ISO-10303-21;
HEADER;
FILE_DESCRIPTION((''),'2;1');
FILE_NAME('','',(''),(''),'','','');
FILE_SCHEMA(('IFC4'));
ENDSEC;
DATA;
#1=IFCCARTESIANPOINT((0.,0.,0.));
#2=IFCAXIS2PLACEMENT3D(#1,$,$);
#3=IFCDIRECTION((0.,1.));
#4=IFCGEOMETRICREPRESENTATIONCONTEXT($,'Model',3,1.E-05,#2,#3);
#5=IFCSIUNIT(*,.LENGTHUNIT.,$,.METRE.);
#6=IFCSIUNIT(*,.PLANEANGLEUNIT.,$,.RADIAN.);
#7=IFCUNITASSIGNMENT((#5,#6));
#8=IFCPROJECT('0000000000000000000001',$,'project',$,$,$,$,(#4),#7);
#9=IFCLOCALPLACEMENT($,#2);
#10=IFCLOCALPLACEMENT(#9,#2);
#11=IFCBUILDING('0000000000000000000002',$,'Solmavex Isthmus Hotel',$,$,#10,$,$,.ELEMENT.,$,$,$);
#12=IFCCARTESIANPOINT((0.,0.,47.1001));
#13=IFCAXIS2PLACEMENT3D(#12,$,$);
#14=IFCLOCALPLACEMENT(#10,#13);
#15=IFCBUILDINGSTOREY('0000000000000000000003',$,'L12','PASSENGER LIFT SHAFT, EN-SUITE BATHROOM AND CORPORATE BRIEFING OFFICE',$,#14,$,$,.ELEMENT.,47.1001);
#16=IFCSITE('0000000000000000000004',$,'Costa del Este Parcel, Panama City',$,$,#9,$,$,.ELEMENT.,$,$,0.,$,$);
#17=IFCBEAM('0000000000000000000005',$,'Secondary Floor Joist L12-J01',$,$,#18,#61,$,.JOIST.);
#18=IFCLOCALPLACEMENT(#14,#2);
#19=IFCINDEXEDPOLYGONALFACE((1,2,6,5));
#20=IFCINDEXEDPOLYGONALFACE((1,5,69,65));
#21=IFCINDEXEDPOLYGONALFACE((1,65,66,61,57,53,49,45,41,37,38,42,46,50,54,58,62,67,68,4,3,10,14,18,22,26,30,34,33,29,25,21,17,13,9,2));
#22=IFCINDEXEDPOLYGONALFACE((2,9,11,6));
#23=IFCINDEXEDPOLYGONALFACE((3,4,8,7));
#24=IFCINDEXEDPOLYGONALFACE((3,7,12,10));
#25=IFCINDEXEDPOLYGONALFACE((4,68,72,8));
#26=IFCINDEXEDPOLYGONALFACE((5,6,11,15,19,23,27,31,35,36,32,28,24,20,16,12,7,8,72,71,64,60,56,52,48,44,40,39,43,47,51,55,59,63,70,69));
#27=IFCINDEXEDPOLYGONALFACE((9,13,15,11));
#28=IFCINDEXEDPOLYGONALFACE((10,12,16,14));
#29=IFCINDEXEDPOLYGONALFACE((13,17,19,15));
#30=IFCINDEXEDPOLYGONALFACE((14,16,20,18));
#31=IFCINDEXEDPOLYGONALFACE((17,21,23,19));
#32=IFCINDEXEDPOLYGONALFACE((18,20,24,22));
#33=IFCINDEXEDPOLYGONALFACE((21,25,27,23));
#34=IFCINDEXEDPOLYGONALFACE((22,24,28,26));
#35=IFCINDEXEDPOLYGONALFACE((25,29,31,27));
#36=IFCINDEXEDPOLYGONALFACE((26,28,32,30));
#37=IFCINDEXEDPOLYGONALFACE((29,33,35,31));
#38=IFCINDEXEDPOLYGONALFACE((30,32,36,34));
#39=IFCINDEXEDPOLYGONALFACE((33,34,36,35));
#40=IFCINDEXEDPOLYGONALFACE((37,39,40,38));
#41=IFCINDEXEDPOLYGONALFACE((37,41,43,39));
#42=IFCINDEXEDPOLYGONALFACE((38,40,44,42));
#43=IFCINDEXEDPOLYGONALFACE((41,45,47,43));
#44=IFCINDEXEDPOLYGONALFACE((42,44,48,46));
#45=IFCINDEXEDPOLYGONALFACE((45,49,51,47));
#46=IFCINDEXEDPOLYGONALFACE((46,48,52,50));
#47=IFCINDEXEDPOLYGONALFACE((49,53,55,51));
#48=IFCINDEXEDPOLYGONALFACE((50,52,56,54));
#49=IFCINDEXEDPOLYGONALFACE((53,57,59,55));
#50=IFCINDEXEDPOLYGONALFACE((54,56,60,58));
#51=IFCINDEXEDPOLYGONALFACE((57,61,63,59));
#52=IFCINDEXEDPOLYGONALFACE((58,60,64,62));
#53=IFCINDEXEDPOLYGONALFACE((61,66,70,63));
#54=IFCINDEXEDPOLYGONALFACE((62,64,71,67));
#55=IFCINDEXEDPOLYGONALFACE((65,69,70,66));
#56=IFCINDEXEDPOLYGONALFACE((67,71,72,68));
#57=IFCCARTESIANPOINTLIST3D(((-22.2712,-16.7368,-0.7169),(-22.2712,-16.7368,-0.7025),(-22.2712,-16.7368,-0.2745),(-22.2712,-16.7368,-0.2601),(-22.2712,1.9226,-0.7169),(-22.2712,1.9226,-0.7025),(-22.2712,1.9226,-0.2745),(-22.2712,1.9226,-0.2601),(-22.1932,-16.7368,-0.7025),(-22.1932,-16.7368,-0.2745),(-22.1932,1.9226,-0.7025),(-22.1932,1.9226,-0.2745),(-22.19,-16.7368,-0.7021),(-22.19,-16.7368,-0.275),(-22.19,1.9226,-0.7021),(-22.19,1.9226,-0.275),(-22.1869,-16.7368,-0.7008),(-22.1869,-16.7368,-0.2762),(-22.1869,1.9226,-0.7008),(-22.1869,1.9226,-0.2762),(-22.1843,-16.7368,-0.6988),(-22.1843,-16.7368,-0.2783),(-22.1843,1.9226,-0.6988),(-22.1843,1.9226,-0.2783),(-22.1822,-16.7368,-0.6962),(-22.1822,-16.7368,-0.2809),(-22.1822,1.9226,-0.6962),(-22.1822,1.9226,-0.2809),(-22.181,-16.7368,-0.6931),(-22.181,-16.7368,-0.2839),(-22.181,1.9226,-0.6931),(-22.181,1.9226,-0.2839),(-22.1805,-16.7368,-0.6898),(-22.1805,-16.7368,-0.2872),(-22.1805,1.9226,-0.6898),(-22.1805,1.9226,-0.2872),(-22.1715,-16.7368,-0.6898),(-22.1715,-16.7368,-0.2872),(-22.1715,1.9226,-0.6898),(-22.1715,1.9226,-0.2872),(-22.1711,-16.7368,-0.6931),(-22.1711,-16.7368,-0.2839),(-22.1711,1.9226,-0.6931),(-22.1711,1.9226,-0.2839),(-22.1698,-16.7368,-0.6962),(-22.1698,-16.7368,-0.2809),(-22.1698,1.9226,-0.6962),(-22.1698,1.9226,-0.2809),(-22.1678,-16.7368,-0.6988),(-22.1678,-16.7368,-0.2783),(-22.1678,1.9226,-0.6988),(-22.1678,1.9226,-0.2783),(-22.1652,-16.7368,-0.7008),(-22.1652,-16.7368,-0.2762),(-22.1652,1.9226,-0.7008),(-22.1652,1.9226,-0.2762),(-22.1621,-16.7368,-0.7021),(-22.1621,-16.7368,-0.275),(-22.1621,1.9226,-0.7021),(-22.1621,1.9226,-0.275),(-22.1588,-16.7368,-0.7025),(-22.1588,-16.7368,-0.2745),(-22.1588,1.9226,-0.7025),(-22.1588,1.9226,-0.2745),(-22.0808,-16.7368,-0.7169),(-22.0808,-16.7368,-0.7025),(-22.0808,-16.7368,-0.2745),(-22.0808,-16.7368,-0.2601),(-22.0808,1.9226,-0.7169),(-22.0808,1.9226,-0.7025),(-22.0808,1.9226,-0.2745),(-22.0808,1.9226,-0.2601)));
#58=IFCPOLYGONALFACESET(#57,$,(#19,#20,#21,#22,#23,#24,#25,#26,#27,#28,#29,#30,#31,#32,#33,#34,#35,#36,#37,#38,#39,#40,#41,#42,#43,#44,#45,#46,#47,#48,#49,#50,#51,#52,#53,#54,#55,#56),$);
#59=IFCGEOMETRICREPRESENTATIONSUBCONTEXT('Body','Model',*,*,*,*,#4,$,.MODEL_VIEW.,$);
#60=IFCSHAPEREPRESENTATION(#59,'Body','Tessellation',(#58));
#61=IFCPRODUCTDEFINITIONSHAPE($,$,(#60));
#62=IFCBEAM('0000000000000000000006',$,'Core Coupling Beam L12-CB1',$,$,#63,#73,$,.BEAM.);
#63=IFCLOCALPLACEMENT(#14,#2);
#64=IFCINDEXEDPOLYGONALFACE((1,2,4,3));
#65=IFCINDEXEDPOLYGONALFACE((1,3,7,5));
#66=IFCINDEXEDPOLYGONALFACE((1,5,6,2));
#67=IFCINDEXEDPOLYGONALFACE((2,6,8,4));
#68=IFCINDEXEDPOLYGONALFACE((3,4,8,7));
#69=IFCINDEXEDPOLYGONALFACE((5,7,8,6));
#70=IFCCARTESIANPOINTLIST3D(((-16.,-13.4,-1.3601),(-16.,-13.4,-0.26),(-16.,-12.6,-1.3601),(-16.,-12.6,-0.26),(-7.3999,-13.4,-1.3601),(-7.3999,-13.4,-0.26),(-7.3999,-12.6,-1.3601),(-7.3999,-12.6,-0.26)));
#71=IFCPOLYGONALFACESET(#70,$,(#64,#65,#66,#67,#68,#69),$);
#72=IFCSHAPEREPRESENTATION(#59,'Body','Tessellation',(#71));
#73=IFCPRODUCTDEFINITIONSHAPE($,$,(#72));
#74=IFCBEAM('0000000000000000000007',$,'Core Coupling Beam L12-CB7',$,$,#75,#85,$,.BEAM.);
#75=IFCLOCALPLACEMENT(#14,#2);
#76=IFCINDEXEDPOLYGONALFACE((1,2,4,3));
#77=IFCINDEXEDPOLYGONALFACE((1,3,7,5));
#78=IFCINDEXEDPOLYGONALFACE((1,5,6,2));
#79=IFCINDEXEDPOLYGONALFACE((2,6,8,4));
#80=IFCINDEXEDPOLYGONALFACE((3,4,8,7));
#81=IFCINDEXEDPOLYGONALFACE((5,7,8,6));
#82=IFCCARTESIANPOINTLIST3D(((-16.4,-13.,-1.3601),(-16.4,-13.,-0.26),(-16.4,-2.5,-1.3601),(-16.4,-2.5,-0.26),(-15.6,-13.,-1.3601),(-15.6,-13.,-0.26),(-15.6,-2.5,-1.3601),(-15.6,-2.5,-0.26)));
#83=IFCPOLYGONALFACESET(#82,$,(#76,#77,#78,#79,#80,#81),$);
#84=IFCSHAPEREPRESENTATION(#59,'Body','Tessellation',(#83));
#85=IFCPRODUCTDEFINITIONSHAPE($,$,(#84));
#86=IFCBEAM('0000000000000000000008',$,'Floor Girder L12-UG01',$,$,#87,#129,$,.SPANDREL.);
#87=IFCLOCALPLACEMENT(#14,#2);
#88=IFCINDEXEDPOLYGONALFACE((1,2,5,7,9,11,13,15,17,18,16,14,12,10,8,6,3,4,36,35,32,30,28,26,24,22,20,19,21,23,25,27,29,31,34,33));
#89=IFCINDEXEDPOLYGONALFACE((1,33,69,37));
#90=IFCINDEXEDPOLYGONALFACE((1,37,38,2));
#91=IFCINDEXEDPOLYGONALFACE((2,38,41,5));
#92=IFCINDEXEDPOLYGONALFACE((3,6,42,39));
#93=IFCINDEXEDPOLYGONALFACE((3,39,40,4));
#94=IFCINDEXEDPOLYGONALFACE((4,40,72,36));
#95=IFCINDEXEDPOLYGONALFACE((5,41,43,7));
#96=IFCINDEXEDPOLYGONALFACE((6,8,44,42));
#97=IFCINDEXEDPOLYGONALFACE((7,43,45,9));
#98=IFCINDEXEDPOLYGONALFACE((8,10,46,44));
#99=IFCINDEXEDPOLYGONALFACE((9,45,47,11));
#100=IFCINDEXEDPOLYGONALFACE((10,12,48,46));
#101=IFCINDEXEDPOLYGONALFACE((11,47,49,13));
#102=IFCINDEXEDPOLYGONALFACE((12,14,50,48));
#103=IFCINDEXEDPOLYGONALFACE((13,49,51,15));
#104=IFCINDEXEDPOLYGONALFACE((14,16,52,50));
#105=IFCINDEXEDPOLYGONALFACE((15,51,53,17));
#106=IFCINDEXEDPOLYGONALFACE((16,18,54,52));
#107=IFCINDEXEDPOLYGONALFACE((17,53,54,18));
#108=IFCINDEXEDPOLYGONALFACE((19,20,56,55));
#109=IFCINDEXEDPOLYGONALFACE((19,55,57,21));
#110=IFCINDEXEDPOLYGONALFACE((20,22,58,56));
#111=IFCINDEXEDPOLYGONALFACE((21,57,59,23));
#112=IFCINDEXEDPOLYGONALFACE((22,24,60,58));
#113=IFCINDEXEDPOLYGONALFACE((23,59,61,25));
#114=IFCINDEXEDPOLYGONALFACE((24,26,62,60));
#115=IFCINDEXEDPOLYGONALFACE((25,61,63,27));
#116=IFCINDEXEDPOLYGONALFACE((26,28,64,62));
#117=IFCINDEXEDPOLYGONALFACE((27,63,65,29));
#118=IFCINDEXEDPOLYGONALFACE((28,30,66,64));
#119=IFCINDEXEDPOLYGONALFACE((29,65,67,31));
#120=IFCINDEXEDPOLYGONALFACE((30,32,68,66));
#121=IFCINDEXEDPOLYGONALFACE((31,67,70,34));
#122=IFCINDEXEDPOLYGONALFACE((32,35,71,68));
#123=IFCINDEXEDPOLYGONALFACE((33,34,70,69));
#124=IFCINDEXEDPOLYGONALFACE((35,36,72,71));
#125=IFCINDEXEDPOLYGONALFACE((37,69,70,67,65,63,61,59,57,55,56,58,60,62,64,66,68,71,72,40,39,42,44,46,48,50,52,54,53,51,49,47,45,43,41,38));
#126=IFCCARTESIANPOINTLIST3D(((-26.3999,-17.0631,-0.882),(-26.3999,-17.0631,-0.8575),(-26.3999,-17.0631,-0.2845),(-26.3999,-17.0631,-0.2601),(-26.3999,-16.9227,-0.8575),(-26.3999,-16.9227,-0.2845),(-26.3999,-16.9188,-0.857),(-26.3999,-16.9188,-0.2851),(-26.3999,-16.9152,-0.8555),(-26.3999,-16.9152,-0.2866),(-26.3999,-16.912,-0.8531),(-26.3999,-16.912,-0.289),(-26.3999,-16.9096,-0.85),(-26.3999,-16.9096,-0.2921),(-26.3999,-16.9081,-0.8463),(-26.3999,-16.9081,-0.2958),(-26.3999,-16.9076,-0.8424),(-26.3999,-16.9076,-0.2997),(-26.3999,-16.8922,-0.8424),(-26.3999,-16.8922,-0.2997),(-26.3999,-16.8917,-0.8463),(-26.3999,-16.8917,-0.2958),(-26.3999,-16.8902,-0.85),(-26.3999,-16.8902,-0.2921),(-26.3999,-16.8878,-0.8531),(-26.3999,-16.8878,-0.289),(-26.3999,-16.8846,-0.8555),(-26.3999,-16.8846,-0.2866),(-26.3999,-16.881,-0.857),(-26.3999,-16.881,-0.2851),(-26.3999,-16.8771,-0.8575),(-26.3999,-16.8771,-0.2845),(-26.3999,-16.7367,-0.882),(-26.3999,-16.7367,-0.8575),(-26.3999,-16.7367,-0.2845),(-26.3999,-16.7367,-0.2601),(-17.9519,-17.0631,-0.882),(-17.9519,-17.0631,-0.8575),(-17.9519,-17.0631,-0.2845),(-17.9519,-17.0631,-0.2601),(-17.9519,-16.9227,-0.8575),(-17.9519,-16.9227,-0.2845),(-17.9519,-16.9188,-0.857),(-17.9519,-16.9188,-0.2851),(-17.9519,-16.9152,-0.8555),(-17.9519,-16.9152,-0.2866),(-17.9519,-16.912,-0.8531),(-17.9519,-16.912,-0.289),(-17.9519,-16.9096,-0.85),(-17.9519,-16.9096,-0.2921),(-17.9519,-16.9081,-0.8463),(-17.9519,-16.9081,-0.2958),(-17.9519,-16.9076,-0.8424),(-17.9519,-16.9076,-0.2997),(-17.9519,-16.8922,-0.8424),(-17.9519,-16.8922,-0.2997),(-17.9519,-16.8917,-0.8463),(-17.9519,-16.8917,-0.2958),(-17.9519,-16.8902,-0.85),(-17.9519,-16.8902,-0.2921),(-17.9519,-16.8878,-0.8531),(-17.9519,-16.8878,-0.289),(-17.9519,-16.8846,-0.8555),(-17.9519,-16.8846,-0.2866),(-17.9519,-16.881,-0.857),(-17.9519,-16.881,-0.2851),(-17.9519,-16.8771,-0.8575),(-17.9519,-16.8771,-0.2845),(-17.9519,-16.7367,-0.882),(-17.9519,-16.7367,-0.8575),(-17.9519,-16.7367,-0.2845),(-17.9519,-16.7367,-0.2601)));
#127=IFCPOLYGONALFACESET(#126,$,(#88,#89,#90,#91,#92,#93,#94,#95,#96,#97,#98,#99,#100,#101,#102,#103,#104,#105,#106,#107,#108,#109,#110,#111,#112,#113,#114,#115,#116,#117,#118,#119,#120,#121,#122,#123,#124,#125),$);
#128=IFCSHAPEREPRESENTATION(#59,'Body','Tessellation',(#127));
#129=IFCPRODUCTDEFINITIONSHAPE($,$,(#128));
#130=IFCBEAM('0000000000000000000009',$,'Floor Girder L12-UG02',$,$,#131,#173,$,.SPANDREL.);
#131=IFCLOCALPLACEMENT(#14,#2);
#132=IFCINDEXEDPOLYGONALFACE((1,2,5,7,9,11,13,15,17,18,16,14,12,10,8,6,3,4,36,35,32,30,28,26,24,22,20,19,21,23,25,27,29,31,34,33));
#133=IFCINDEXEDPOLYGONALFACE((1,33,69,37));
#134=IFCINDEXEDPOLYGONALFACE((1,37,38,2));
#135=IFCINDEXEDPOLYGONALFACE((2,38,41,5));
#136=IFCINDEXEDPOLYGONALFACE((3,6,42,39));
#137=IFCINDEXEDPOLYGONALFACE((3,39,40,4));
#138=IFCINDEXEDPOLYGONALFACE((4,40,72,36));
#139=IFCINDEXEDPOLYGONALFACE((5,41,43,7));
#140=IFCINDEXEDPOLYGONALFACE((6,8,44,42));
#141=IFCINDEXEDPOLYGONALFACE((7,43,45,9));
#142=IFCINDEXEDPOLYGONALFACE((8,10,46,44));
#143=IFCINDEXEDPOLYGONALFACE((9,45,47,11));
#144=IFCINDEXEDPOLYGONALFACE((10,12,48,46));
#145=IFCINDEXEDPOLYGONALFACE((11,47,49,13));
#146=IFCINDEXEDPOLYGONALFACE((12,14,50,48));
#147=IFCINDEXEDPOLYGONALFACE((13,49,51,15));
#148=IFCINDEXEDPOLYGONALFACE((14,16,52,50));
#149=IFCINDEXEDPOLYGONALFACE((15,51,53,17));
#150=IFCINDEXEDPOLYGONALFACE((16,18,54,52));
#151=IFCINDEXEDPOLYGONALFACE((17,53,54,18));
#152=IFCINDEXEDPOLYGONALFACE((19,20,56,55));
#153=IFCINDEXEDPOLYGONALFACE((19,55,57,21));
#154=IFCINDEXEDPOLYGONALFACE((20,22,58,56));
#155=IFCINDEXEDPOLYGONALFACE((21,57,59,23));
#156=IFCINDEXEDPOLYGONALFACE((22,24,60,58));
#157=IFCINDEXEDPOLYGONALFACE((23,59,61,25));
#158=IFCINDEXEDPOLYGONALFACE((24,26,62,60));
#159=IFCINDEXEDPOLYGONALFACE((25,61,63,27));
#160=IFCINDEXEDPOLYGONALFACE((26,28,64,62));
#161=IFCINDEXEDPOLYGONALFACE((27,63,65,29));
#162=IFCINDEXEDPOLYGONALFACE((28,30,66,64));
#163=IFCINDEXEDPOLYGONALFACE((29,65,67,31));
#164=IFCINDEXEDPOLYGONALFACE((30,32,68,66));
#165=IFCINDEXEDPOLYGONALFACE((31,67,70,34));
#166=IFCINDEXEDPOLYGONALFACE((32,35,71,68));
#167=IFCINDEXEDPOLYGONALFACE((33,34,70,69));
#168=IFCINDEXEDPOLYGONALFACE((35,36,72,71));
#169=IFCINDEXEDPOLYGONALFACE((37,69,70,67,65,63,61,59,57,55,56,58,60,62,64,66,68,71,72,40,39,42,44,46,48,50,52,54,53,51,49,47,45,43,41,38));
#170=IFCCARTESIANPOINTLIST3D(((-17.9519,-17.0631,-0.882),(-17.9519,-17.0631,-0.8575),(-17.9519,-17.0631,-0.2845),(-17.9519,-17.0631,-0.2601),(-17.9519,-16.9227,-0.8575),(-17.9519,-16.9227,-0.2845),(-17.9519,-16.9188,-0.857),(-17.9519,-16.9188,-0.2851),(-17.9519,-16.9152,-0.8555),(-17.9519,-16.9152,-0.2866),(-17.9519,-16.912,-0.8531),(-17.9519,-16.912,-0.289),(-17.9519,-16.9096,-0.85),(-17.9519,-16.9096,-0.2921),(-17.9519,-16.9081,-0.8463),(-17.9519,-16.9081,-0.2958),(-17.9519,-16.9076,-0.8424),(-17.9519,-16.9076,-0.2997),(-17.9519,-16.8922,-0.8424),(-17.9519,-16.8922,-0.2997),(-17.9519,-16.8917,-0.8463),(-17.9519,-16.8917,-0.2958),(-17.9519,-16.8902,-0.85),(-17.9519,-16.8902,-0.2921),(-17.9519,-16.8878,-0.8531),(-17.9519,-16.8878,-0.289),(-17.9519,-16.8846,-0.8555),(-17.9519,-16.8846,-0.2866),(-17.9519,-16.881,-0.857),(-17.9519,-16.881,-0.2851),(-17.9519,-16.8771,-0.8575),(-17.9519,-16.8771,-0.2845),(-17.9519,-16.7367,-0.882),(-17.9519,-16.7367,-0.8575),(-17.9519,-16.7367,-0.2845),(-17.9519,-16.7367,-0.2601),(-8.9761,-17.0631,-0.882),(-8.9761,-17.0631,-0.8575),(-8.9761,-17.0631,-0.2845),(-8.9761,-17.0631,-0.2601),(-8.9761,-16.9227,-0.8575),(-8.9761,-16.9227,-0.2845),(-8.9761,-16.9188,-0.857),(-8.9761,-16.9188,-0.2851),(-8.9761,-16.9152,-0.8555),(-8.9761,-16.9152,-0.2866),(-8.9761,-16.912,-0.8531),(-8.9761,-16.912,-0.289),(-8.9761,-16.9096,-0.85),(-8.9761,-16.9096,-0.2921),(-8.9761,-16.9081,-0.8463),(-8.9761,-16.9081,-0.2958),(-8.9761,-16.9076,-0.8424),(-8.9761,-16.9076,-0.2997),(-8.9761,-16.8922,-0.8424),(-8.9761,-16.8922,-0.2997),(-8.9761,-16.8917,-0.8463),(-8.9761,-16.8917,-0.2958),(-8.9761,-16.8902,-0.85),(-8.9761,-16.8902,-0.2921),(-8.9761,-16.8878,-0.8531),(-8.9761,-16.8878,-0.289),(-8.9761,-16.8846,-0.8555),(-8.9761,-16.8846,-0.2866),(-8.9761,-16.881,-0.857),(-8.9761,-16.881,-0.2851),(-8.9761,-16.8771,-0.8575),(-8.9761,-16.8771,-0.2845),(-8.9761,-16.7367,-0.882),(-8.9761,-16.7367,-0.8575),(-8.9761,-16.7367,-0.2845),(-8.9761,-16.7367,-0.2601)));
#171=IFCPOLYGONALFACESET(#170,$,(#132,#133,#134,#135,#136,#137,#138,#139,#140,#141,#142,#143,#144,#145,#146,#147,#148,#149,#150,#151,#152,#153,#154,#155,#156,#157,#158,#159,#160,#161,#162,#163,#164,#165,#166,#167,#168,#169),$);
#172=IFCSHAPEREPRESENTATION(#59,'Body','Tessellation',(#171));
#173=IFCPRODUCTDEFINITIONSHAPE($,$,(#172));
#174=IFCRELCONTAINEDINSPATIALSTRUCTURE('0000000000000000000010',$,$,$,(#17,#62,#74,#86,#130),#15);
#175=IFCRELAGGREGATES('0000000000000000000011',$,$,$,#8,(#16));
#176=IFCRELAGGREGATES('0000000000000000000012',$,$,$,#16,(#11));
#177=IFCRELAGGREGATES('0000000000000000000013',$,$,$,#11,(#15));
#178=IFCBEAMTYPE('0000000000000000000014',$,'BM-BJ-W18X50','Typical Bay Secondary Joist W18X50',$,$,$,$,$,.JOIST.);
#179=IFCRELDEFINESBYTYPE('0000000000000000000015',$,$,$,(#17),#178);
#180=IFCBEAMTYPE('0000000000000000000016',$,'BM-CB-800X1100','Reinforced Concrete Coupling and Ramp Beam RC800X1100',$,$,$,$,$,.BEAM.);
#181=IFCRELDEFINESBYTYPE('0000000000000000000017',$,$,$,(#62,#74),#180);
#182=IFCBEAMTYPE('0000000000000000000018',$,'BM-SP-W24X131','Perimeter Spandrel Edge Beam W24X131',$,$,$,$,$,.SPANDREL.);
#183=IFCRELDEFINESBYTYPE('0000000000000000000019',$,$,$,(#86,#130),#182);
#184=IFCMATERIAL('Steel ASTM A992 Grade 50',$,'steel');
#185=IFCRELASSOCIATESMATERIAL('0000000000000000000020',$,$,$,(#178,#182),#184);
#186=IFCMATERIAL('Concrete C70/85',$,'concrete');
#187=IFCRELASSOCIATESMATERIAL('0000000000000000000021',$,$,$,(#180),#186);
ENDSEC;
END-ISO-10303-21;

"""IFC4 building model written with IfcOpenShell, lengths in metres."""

from ifc_helpers import new_model, si_unit, direction, frame, origin, origin_2d, place, context, subcontext, project, spatial, rectangle, i_section, extrude, material, material_profile, profile_set, type_object, element, save


model = new_model("IFC4")

# Units and contexts
model_context = context("Model", 3, precision=1e-05, world=origin(), true_north=direction((0.0, 1.0)))
body_context = subcontext(model_context, "Body", "Model", "MODEL_VIEW")
ifc_project = project(units=[si_unit("LENGTHUNIT", "METRE"), si_unit("PLANEANGLEUNIT", "RADIAN")], contexts=[model_context])

# Site, building, storey
site_placement = place(None, origin())
site = spatial("IfcSite", under=ifc_project, at=site_placement, Name="Costa del Este Parcel, Panama City", CompositionType="ELEMENT", RefElevation=0.0)
building_placement = place(site_placement, origin())
building = spatial("IfcBuilding", under=site, at=building_placement, Name="Solmavex Isthmus Hotel", CompositionType="ELEMENT")
storey_placement = place(building_placement, frame((0.0, 0.0, 47.1001)))
storey = spatial("IfcBuildingStorey", under=building, at=storey_placement, Name="L12", Description="PASSENGER LIFT SHAFT, EN-SUITE BATHROOM AND CORPORATE BRIEFING OFFICE", CompositionType="ELEMENT", Elevation=47.1001)

# Shared definitions
ifc_material_1 = material(Name="Concrete C70/85", Category="concrete")

# Beams
ifc_material_2 = material(Name="Steel ASTM A992 Grade 50", Category="steel")
ifc_material_profile_1 = material_profile(ifc_material_2, i_section(OverallWidth=0.1904, OverallDepth=0.4568, WebThickness=0.009, FlangeThickness=0.0144, FilletRadius=0.0127, at=origin_2d()), Name="W18X50")
ifc_profile_set_1 = profile_set([ifc_material_profile_1], Name="Steel ASTM A992 Grade 50")
beam_type_1 = type_object("IfcBeamType", Name="BM-BJ-W18X50", Description="Typical Bay Secondary Joist W18X50", PredefinedType="JOIST", material=ifc_profile_set_1)
beam_1_placement = place(storey_placement, frame((-22.176, -16.7368, -0.4885), z_axis=(0.0, 1.0, 0.0), x_axis=(-1.0, 0.0, 0.0)))
element("IfcBeam", 1, at=beam_1_placement, inside=storey, type_object=beam_type_1, Name="Secondary Floor Joist L12-J01", PredefinedType="JOIST", context=body_context, shape_type="SweptSolid", body=[
    extrude(i_section(OverallWidth=0.1904, OverallDepth=0.4568, WebThickness=0.009, FlangeThickness=0.0144, FilletRadius=0.0127, at=origin_2d()), origin(), (0.0, 0.0, 1.0), 18.6594),
])
ifc_material_profile_2 = material_profile(ifc_material_1, rectangle(XDim=0.8, YDim=1.1001, at=origin_2d()), Name="RC800X1100")
ifc_profile_set_2 = profile_set([ifc_material_profile_2], Name="Concrete C70/85")
beam_type_2 = type_object("IfcBeamType", Name="BM-CB-800X1100", Description="Reinforced Concrete Coupling and Ramp Beam RC800X1100", PredefinedType="BEAM", material=ifc_profile_set_2)
beam_2_placement = place(storey_placement, frame((-16.0, -13.0, -0.8101), z_axis=(1.0, 0.0, 0.0), x_axis=(0.0, 1.0, 0.0)))
element("IfcBeam", 2, at=beam_2_placement, inside=storey, type_object=beam_type_2, Name="Core Coupling Beam L12-CB1", PredefinedType="BEAM", context=body_context, shape_type="SweptSolid", body=[
    extrude(rectangle(XDim=0.8, YDim=1.1001, at=origin_2d()), origin(), (0.0, 0.0, 1.0), 8.6001),
])
beam_3_placement = place(storey_placement, frame((-16.0, -13.0, -0.8101), z_axis=(0.0, 1.0, 0.0), x_axis=(-1.0, 0.0, 0.0)))
element("IfcBeam", 3, at=beam_3_placement, inside=storey, type_object=beam_type_2, Name="Core Coupling Beam L12-CB7", PredefinedType="BEAM", context=body_context, shape_type="SweptSolid", body=[
    extrude(rectangle(XDim=0.8, YDim=1.1001, at=origin_2d()), origin(), (0.0, 0.0, 1.0), 10.5),
])
ifc_material_profile_3 = material_profile(ifc_material_2, i_section(OverallWidth=0.3264, OverallDepth=0.6218, WebThickness=0.0154, FlangeThickness=0.0244, FilletRadius=0.0151, at=origin_2d()), Name="W24X131")
ifc_profile_set_3 = profile_set([ifc_material_profile_3], Name="Steel ASTM A992 Grade 50")
beam_type_3 = type_object("IfcBeamType", Name="BM-SP-W24X131", Description="Perimeter Spandrel Edge Beam W24X131", PredefinedType="SPANDREL", material=ifc_profile_set_3)
beam_4_placement = place(storey_placement, frame((-26.3999, -16.8999, -0.571), z_axis=(1.0, 0.0, 0.0), x_axis=(0.0, 1.0, 0.0)))
element("IfcBeam", 4, at=beam_4_placement, inside=storey, type_object=beam_type_3, Name="Floor Girder L12-UG01", PredefinedType="SPANDREL", context=body_context, shape_type="SweptSolid", body=[
    extrude(i_section(OverallWidth=0.3264, OverallDepth=0.6218, WebThickness=0.0154, FlangeThickness=0.0244, FilletRadius=0.0151, at=origin_2d()), origin(), (0.0, 0.0, 1.0), 8.448),
])
beam_5_placement = place(storey_placement, frame((-17.9519, -16.8999, -0.571), z_axis=(1.0, 0.0, 0.0), x_axis=(0.0, 1.0, 0.0)))
element("IfcBeam", 5, at=beam_5_placement, inside=storey, type_object=beam_type_3, Name="Floor Girder L12-UG02", PredefinedType="SPANDREL", context=body_context, shape_type="SweptSolid", body=[
    extrude(i_section(OverallWidth=0.3264, OverallDepth=0.6218, WebThickness=0.0154, FlangeThickness=0.0244, FilletRadius=0.0151, at=origin_2d()), origin(), (0.0, 0.0, 1.0), 8.9758),
])

save(model, "model.ifc")
